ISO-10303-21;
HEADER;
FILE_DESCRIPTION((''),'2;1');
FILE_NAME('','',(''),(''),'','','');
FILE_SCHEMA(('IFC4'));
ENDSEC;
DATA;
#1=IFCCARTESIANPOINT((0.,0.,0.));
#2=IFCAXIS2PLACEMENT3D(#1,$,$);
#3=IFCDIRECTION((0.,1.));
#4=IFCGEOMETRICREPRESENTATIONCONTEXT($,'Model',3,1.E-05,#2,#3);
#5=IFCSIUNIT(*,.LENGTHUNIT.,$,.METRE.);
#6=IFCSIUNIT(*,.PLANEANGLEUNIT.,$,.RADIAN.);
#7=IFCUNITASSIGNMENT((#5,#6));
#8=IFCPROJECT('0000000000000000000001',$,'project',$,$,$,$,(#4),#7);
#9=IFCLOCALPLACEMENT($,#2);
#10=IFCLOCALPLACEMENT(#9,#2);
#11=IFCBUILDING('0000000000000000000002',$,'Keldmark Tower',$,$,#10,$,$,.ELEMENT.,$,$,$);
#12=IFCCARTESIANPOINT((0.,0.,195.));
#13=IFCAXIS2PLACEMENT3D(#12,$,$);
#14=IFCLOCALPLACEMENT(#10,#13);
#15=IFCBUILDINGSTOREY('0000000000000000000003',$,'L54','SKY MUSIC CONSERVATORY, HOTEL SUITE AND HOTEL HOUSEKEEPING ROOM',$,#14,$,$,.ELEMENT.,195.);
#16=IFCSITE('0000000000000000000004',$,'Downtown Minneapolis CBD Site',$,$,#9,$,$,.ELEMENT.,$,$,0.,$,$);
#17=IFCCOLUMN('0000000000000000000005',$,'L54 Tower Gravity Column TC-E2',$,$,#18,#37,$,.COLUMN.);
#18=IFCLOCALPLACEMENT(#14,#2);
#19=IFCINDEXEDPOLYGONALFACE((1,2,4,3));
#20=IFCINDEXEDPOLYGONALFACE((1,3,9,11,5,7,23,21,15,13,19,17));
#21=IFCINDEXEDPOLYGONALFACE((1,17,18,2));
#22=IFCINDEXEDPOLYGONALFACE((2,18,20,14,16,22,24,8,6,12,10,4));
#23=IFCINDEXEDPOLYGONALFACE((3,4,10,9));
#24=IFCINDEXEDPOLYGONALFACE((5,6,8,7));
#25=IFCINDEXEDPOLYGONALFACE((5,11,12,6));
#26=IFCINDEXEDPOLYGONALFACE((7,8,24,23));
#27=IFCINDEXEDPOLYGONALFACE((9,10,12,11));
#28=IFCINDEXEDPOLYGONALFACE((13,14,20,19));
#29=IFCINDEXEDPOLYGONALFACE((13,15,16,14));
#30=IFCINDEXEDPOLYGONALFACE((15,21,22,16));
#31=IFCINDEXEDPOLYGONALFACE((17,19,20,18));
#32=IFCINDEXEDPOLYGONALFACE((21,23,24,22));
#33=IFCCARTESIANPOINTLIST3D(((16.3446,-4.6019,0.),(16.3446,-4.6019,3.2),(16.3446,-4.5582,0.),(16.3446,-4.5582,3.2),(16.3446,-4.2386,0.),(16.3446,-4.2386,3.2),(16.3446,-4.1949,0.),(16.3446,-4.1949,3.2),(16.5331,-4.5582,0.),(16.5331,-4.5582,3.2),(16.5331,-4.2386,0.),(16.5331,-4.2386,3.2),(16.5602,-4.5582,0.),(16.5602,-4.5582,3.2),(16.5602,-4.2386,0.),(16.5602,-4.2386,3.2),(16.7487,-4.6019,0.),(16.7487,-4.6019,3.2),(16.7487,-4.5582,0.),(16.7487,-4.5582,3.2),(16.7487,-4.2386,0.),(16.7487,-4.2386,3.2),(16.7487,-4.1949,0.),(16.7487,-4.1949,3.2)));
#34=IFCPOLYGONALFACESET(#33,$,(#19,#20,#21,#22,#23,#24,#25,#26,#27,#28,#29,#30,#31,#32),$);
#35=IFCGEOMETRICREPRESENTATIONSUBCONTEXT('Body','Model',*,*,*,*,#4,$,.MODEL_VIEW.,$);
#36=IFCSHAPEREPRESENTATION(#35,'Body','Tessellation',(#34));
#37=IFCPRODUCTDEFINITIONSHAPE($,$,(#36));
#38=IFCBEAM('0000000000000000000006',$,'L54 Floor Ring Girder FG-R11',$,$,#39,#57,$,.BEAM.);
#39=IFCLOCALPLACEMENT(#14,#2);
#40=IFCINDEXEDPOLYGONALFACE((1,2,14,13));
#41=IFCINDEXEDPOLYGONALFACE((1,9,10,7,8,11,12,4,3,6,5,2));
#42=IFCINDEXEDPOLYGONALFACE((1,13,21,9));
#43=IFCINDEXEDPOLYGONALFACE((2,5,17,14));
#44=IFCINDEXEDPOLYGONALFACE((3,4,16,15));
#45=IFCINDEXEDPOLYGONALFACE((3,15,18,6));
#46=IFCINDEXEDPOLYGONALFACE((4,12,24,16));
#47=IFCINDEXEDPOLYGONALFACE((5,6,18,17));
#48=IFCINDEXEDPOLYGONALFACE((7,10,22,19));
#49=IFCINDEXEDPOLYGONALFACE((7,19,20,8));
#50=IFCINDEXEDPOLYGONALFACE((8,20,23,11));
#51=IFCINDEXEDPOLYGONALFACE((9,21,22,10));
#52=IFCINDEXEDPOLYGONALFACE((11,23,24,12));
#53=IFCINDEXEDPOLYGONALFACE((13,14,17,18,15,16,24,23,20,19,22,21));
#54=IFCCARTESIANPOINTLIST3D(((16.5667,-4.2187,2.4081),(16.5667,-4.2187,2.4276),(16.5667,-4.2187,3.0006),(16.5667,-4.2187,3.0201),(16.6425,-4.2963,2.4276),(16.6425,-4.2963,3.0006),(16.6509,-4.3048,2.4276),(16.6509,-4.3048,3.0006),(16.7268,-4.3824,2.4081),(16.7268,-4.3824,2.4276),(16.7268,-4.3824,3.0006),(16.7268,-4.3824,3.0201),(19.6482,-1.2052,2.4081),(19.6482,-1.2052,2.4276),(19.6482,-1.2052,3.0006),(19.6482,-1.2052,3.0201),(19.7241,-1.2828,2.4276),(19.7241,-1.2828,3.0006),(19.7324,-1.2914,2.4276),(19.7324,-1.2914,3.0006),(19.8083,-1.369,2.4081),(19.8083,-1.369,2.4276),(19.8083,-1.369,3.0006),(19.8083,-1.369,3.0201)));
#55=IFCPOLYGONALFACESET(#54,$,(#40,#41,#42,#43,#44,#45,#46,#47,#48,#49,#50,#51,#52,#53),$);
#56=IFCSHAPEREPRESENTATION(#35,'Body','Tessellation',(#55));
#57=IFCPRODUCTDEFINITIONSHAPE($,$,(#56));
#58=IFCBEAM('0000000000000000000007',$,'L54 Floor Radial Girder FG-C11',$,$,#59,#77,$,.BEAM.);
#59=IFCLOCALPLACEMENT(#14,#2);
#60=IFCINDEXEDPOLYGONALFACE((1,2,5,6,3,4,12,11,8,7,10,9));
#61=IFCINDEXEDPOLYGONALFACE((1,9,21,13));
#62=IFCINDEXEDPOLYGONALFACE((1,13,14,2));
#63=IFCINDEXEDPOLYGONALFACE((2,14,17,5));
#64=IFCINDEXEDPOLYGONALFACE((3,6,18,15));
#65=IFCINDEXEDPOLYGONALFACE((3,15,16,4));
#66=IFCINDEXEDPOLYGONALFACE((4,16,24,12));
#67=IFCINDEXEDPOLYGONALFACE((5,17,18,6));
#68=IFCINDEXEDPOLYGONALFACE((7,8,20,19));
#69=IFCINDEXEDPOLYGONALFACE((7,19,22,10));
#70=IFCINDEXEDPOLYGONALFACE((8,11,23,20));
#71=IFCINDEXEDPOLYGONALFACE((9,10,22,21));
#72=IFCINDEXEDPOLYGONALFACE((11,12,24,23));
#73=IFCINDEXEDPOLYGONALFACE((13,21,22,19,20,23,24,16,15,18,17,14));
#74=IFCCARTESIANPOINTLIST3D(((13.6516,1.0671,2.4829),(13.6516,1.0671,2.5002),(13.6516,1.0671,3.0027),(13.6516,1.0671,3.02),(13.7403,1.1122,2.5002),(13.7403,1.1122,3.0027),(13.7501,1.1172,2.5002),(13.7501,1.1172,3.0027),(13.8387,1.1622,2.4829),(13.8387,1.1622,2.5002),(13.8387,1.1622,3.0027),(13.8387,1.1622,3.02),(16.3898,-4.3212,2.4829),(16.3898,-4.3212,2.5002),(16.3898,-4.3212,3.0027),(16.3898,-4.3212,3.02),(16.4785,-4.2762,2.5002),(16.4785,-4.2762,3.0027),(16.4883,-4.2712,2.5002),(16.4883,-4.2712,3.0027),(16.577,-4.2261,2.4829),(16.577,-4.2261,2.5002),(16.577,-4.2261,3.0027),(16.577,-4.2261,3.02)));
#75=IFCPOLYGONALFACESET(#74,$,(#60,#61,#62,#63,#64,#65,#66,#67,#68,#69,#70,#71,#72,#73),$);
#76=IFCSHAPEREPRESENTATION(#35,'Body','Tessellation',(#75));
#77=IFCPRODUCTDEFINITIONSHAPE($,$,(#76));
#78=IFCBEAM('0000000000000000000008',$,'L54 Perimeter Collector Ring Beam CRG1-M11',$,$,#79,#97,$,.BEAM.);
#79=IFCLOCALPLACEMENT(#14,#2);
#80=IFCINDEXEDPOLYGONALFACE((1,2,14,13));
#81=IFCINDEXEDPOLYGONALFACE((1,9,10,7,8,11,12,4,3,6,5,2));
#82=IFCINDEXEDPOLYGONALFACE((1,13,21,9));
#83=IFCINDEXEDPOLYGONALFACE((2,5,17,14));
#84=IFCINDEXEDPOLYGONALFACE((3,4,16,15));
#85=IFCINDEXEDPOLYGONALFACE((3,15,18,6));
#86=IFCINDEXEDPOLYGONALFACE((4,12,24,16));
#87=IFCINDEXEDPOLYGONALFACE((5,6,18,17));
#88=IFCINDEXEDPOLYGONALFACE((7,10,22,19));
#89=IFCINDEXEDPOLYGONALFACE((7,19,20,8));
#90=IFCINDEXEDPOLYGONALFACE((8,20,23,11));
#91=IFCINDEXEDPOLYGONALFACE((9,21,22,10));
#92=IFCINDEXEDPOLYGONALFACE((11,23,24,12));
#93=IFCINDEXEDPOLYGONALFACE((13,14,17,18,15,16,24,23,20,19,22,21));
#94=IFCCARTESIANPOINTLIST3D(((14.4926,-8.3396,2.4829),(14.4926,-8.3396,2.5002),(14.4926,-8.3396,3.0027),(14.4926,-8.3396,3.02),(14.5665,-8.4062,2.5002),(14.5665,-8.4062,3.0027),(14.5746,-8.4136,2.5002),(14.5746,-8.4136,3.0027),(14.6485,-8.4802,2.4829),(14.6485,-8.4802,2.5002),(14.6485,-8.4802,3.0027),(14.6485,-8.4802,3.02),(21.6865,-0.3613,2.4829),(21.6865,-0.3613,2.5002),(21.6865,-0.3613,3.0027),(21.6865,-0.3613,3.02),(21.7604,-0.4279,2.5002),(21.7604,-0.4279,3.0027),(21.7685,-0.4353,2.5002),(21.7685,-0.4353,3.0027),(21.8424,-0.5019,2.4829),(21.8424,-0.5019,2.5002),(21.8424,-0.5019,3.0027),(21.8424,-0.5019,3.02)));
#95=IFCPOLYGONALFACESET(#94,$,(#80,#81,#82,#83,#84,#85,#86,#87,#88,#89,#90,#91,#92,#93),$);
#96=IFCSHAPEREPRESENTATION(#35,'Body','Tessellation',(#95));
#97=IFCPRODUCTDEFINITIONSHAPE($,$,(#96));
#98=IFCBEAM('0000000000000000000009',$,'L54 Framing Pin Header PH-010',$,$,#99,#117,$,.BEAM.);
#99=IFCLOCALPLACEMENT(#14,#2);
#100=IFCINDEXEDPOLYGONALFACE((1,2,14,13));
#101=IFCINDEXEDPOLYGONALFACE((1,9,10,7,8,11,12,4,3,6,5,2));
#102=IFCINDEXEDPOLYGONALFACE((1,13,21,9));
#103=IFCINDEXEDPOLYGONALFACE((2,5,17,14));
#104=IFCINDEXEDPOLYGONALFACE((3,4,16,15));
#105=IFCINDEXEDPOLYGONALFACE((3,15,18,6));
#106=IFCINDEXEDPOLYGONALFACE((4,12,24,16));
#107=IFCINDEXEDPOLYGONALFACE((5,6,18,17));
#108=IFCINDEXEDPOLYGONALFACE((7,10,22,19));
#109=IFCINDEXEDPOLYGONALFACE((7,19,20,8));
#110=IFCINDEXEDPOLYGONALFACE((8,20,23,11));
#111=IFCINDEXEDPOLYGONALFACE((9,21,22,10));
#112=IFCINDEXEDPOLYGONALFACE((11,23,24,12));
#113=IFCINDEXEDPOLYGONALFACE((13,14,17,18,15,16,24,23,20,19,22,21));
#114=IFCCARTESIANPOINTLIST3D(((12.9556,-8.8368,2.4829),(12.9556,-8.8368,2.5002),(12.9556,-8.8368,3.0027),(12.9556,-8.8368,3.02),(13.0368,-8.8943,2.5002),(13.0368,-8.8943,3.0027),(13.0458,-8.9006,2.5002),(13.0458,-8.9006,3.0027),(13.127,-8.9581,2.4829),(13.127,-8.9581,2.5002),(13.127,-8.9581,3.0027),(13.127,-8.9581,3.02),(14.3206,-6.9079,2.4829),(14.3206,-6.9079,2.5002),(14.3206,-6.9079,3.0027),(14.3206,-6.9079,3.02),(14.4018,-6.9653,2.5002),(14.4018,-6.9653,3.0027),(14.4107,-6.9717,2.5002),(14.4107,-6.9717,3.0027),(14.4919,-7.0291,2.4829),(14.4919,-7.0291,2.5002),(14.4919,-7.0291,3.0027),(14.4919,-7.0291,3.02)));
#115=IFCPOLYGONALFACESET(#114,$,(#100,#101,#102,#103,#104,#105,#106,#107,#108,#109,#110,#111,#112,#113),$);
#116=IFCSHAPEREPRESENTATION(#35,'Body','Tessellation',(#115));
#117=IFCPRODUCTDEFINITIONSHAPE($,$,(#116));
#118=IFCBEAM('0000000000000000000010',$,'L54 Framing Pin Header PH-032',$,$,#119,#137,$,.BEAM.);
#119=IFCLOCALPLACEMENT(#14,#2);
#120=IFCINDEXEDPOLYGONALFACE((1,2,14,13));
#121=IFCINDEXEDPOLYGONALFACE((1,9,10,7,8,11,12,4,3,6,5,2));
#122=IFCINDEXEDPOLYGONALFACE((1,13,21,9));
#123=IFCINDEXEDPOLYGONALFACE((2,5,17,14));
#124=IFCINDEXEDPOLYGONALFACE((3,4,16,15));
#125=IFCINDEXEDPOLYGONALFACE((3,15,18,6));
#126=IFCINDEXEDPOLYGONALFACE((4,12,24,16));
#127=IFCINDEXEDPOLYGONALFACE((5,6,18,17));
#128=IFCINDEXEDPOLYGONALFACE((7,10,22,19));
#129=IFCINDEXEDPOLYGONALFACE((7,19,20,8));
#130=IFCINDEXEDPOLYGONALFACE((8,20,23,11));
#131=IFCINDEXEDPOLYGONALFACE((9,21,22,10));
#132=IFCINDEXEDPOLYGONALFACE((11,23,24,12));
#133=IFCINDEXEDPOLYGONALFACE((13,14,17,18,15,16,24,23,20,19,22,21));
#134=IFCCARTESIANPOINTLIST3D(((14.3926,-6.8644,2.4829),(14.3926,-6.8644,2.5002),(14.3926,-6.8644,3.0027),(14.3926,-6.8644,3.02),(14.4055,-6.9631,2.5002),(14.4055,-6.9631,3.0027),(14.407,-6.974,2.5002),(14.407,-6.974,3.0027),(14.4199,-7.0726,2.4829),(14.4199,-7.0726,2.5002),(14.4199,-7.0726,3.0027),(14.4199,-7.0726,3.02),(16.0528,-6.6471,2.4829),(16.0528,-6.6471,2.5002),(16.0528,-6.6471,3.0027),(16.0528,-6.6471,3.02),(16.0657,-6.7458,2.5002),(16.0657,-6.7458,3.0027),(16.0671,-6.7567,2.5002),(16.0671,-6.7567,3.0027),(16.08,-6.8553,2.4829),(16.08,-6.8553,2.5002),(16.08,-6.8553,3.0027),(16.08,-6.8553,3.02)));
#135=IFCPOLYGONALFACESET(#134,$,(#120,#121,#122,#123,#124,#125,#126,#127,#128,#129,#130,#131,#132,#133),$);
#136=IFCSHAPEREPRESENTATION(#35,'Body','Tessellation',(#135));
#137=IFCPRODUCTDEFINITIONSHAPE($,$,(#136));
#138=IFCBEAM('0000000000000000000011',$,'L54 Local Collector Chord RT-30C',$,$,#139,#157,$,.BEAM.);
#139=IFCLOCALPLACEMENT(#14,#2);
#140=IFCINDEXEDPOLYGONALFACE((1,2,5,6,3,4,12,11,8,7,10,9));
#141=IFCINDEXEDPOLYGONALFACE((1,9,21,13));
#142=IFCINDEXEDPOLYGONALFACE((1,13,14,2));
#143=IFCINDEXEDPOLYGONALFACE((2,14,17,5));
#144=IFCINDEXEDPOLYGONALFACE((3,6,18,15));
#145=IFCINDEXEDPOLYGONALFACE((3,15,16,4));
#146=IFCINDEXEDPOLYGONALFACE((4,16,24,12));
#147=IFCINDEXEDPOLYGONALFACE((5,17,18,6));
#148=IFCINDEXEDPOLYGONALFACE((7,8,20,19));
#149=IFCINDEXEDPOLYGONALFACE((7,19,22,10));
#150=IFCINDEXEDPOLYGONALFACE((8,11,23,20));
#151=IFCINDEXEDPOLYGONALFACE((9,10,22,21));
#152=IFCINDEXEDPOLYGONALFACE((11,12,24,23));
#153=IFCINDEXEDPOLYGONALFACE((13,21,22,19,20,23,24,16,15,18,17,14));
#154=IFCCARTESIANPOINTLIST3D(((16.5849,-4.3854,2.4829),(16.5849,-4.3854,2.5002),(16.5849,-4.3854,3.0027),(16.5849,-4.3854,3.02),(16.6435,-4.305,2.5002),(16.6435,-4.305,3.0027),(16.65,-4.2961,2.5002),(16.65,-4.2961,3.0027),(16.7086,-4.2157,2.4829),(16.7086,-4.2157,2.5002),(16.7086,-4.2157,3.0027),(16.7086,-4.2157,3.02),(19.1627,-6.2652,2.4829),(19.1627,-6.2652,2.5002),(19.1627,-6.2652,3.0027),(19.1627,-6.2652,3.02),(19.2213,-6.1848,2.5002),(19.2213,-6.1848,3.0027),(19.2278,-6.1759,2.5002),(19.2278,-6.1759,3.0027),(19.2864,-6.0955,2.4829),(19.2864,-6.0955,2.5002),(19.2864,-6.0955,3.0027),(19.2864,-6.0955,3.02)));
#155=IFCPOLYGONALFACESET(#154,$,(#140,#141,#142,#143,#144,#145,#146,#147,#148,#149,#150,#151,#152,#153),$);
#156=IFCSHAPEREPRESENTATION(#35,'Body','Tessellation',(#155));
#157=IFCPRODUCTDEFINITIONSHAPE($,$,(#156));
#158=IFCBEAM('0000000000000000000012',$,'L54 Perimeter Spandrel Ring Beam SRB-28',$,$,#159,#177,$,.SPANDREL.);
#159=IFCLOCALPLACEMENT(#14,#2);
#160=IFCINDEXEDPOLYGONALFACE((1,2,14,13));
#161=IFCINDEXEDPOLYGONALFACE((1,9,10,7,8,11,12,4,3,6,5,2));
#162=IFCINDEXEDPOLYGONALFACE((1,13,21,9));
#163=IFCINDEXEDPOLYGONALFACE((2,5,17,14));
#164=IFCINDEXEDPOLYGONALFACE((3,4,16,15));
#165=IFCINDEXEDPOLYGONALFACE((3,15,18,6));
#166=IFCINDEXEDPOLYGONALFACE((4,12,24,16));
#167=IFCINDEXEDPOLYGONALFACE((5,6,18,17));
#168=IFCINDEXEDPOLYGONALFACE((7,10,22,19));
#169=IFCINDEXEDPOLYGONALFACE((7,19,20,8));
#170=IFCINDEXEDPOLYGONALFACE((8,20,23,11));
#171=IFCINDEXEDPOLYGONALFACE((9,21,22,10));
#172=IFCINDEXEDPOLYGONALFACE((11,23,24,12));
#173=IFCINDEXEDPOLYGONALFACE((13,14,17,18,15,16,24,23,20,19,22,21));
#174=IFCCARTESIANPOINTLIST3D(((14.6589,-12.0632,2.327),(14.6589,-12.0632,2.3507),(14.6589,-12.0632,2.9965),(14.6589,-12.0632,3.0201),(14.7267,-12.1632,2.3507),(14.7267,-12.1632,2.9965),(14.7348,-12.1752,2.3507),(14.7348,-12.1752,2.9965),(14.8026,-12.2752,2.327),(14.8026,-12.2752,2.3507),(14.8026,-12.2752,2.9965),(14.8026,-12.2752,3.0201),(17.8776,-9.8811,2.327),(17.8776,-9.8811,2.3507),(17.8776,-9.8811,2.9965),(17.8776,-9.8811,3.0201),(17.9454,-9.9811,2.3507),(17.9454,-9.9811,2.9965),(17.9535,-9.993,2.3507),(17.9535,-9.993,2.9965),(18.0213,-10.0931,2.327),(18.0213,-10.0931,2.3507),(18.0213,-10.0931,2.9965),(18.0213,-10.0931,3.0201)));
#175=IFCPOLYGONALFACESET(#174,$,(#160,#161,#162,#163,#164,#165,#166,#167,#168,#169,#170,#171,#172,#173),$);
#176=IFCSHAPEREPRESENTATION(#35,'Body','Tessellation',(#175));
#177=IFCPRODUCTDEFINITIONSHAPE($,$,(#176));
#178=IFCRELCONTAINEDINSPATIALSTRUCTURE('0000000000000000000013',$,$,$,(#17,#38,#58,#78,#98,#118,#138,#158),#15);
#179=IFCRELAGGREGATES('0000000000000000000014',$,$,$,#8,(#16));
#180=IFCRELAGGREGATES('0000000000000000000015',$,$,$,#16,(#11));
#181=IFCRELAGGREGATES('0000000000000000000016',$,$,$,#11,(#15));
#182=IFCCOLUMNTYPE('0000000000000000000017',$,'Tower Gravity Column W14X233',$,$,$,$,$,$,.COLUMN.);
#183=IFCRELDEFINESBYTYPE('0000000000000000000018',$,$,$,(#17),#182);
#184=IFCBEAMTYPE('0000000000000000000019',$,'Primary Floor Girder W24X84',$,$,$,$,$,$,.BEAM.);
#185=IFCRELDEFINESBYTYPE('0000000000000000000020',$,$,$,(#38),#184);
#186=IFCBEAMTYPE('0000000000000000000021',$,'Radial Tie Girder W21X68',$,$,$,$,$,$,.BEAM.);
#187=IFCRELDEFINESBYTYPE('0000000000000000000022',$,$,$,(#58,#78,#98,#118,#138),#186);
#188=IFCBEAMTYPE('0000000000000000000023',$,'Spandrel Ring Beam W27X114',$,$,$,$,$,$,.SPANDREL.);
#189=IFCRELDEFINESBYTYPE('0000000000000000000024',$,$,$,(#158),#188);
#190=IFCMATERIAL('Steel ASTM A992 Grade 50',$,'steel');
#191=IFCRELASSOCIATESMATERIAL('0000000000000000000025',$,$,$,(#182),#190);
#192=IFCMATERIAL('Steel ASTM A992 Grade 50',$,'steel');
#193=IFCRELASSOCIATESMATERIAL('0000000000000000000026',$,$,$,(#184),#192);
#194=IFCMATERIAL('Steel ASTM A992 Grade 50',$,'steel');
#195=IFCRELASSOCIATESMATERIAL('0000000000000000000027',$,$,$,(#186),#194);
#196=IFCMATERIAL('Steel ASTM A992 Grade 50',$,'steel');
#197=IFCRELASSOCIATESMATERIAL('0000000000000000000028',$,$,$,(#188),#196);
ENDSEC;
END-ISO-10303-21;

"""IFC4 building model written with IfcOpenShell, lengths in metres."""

from ifc_helpers import new_model, si_unit, direction, frame, origin, origin_2d, place, context, subcontext, project, spatial, i_section, extrude, material, material_profile, profile_set, type_object, element, save


model = new_model("IFC4")

# Units and contexts
model_context = context("Model", 3, precision=1e-05, world=origin(), true_north=direction((0.0, 1.0)))
body_context = subcontext(model_context, "Body", "Model", "MODEL_VIEW")
ifc_project = project(units=[si_unit("LENGTHUNIT", "METRE"), si_unit("PLANEANGLEUNIT", "RADIAN")], contexts=[model_context])

# Site, building, storey
site_placement = place(None, origin())
site = spatial("IfcSite", under=ifc_project, at=site_placement, Name="Downtown Minneapolis CBD Site", CompositionType="ELEMENT", RefElevation=0.0)
building_placement = place(site_placement, origin())
building = spatial("IfcBuilding", under=site, at=building_placement, Name="Keldmark Tower", CompositionType="ELEMENT")
storey_placement = place(building_placement, frame((0.0, 0.0, 195.0)))
storey = spatial("IfcBuildingStorey", under=building, at=storey_placement, Name="L54", Description="SKY MUSIC CONSERVATORY, HOTEL SUITE AND HOTEL HOUSEKEEPING ROOM", CompositionType="ELEMENT", Elevation=195.0)

# Column
ifc_material_1 = material(Name="Steel ASTM A992 Grade 50", Category="steel")
ifc_material_profile_1 = material_profile(ifc_material_1, i_section(OverallWidth=0.4041, OverallDepth=0.407, WebThickness=0.0271, FlangeThickness=0.0437, at=origin_2d()), Name="W14X233")
ifc_profile_set_1 = profile_set([ifc_material_profile_1], Name="Steel ASTM A992 Grade 50")
column_type = type_object("IfcColumnType", Name="Tower Gravity Column W14X233", PredefinedType="COLUMN", material=ifc_profile_set_1)
column_placement = place(storey_placement, frame((16.5466, -4.3984, 0.0), z_axis=(0.0, 0.0, 1.0), x_axis=(1.0, 0.0, 0.0)))
element("IfcColumn", 1, at=column_placement, inside=storey, type_object=column_type, Name="L54 Tower Gravity Column TC-E2", PredefinedType="COLUMN", context=body_context, shape_type="SweptSolid", body=[
    extrude(i_section(OverallWidth=0.4041, OverallDepth=0.407, WebThickness=0.0271, FlangeThickness=0.0437, at=origin_2d()), origin(), (0.0, 0.0, 1.0), 3.2),
])

# Beams
ifc_material_2 = material(Name="Steel ASTM A992 Grade 50", Category="steel")
ifc_material_profile_2 = material_profile(ifc_material_2, i_section(OverallWidth=0.229, OverallDepth=0.6121, WebThickness=0.012, FlangeThickness=0.0195, at=origin_2d()), Name="W24X84")
ifc_profile_set_2 = profile_set([ifc_material_profile_2], Name="Steel ASTM A992 Grade 50")
beam_type_1 = type_object("IfcBeamType", Name="Primary Floor Girder W24X84", PredefinedType="BEAM", material=ifc_profile_set_2)
beam_1_placement = place(storey_placement, frame((16.6467, -4.3005, 2.7141), z_axis=(0.714965, 0.699161, 0.0), x_axis=(-0.699161, 0.714965, 0.0)))
element("IfcBeam", 2, at=beam_1_placement, inside=storey, type_object=beam_type_1, Name="L54 Floor Ring Girder FG-R11", PredefinedType="BEAM", context=body_context, shape_type="SweptSolid", body=[
    extrude(i_section(OverallWidth=0.229, OverallDepth=0.6121, WebThickness=0.012, FlangeThickness=0.0195, at=origin_2d()), origin(), (0.0, 0.0, 1.0), 4.3101),
])
ifc_material_3 = material(Name="Steel ASTM A992 Grade 50", Category="steel")
ifc_material_profile_3 = material_profile(ifc_material_3, i_section(OverallWidth=0.21, OverallDepth=0.5371, WebThickness=0.011, FlangeThickness=0.0173, at=origin_2d()), Name="W21X68")
ifc_profile_set_3 = profile_set([ifc_material_profile_3], Name="Steel ASTM A992 Grade 50")
beam_type_2 = type_object("IfcBeamType", Name="Radial Tie Girder W21X68", PredefinedType="BEAM", material=ifc_profile_set_3)
beam_2_placement = place(storey_placement, frame((16.4834, -4.2737, 2.7515), z_axis=(-0.453037, 0.891492, 0.0), x_axis=(-0.891492, -0.453037, 0.0)))
element("IfcBeam", 3, at=beam_2_placement, inside=storey, type_object=beam_type_2, Name="L54 Floor Radial Girder FG-C11", PredefinedType="BEAM", context=body_context, shape_type="SweptSolid", body=[
    extrude(i_section(OverallWidth=0.21, OverallDepth=0.5371, WebThickness=0.011, FlangeThickness=0.0173, at=origin_2d()), origin(), (0.0, 0.0, 1.0), 6.0442),
])
beam_3_placement = place(storey_placement, frame((14.5706, -8.4099, 2.7515), z_axis=(0.669654, 0.742673, 0.0), x_axis=(-0.742673, 0.669654, 0.0)))
element("IfcBeam", 4, at=beam_3_placement, inside=storey, type_object=beam_type_2, Name="L54 Perimeter Collector Ring Beam CRG1-M11", PredefinedType="BEAM", context=body_context, shape_type="SweptSolid", body=[
    extrude(i_section(OverallWidth=0.21, OverallDepth=0.5371, WebThickness=0.011, FlangeThickness=0.0173, at=origin_2d()), origin(), (0.0, 0.0, 1.0), 10.7427),
])
beam_4_placement = place(storey_placement, frame((14.4062, -6.9685, 2.7515), z_axis=(-0.577636, -0.816294, 0.0), x_axis=(0.816294, -0.577636, 0.0)))
element("IfcBeam", 5, at=beam_4_placement, inside=storey, type_object=beam_type_2, Name="L54 Framing Pin Header PH-010", PredefinedType="BEAM", context=body_context, shape_type="SweptSolid", body=[
    extrude(i_section(OverallWidth=0.21, OverallDepth=0.5371, WebThickness=0.011, FlangeThickness=0.0173, at=origin_2d()), origin(), (0.0, 0.0, 1.0), 2.363),
])
beam_5_placement = place(storey_placement, frame((14.4062, -6.9685, 2.7515), z_axis=(0.991543, 0.129776, 0.0), x_axis=(-0.129776, 0.991543, 0.0)))
element("IfcBeam", 6, at=beam_5_placement, inside=storey, type_object=beam_type_2, Name="L54 Framing Pin Header PH-032", PredefinedType="BEAM", context=body_context, shape_type="SweptSolid", body=[
    extrude(i_section(OverallWidth=0.21, OverallDepth=0.5371, WebThickness=0.011, FlangeThickness=0.0173, at=origin_2d()), origin(), (0.0, 0.0, 1.0), 1.6743),
])
beam_6_placement = place(storey_placement, frame((16.6467, -4.3005, 2.7515), z_axis=(0.807981, -0.589209, 0.0), x_axis=(0.589209, 0.807981, 0.0)))
element("IfcBeam", 7, at=beam_6_placement, inside=storey, type_object=beam_type_2, Name="L54 Local Collector Chord RT-30C", PredefinedType="BEAM", context=body_context, shape_type="SweptSolid", body=[
    extrude(i_section(OverallWidth=0.21, OverallDepth=0.5371, WebThickness=0.011, FlangeThickness=0.0173, at=origin_2d()), origin(), (0.0, 0.0, 1.0), 3.1904),
])
ifc_material_4 = material(Name="Steel ASTM A992 Grade 50", Category="steel")
ifc_material_profile_4 = material_profile(ifc_material_4, i_section(OverallWidth=0.2561, OverallDepth=0.6931, WebThickness=0.0144, FlangeThickness=0.0237, at=origin_2d()), Name="W27X114")
ifc_profile_set_4 = profile_set([ifc_material_profile_4], Name="Steel ASTM A992 Grade 50")
beam_type_3 = type_object("IfcBeamType", Name="Spandrel Ring Beam W27X114", PredefinedType="SPANDREL", material=ifc_profile_set_4)
beam_7_placement = place(storey_placement, frame((14.7307, -12.1692, 2.6736), z_axis=(0.827717, 0.561145, 0.0), x_axis=(-0.561145, 0.827717, 0.0)))
element("IfcBeam", 8, at=beam_7_placement, inside=storey, type_object=beam_type_3, Name="L54 Perimeter Spandrel Ring Beam SRB-28", PredefinedType="SPANDREL", context=body_context, shape_type="SweptSolid", body=[
    extrude(i_section(OverallWidth=0.2561, OverallDepth=0.6931, WebThickness=0.0144, FlangeThickness=0.0237, at=origin_2d()), origin(), (0.0, 0.0, 1.0), 3.8887),
])

save(model, "model.ifc")
